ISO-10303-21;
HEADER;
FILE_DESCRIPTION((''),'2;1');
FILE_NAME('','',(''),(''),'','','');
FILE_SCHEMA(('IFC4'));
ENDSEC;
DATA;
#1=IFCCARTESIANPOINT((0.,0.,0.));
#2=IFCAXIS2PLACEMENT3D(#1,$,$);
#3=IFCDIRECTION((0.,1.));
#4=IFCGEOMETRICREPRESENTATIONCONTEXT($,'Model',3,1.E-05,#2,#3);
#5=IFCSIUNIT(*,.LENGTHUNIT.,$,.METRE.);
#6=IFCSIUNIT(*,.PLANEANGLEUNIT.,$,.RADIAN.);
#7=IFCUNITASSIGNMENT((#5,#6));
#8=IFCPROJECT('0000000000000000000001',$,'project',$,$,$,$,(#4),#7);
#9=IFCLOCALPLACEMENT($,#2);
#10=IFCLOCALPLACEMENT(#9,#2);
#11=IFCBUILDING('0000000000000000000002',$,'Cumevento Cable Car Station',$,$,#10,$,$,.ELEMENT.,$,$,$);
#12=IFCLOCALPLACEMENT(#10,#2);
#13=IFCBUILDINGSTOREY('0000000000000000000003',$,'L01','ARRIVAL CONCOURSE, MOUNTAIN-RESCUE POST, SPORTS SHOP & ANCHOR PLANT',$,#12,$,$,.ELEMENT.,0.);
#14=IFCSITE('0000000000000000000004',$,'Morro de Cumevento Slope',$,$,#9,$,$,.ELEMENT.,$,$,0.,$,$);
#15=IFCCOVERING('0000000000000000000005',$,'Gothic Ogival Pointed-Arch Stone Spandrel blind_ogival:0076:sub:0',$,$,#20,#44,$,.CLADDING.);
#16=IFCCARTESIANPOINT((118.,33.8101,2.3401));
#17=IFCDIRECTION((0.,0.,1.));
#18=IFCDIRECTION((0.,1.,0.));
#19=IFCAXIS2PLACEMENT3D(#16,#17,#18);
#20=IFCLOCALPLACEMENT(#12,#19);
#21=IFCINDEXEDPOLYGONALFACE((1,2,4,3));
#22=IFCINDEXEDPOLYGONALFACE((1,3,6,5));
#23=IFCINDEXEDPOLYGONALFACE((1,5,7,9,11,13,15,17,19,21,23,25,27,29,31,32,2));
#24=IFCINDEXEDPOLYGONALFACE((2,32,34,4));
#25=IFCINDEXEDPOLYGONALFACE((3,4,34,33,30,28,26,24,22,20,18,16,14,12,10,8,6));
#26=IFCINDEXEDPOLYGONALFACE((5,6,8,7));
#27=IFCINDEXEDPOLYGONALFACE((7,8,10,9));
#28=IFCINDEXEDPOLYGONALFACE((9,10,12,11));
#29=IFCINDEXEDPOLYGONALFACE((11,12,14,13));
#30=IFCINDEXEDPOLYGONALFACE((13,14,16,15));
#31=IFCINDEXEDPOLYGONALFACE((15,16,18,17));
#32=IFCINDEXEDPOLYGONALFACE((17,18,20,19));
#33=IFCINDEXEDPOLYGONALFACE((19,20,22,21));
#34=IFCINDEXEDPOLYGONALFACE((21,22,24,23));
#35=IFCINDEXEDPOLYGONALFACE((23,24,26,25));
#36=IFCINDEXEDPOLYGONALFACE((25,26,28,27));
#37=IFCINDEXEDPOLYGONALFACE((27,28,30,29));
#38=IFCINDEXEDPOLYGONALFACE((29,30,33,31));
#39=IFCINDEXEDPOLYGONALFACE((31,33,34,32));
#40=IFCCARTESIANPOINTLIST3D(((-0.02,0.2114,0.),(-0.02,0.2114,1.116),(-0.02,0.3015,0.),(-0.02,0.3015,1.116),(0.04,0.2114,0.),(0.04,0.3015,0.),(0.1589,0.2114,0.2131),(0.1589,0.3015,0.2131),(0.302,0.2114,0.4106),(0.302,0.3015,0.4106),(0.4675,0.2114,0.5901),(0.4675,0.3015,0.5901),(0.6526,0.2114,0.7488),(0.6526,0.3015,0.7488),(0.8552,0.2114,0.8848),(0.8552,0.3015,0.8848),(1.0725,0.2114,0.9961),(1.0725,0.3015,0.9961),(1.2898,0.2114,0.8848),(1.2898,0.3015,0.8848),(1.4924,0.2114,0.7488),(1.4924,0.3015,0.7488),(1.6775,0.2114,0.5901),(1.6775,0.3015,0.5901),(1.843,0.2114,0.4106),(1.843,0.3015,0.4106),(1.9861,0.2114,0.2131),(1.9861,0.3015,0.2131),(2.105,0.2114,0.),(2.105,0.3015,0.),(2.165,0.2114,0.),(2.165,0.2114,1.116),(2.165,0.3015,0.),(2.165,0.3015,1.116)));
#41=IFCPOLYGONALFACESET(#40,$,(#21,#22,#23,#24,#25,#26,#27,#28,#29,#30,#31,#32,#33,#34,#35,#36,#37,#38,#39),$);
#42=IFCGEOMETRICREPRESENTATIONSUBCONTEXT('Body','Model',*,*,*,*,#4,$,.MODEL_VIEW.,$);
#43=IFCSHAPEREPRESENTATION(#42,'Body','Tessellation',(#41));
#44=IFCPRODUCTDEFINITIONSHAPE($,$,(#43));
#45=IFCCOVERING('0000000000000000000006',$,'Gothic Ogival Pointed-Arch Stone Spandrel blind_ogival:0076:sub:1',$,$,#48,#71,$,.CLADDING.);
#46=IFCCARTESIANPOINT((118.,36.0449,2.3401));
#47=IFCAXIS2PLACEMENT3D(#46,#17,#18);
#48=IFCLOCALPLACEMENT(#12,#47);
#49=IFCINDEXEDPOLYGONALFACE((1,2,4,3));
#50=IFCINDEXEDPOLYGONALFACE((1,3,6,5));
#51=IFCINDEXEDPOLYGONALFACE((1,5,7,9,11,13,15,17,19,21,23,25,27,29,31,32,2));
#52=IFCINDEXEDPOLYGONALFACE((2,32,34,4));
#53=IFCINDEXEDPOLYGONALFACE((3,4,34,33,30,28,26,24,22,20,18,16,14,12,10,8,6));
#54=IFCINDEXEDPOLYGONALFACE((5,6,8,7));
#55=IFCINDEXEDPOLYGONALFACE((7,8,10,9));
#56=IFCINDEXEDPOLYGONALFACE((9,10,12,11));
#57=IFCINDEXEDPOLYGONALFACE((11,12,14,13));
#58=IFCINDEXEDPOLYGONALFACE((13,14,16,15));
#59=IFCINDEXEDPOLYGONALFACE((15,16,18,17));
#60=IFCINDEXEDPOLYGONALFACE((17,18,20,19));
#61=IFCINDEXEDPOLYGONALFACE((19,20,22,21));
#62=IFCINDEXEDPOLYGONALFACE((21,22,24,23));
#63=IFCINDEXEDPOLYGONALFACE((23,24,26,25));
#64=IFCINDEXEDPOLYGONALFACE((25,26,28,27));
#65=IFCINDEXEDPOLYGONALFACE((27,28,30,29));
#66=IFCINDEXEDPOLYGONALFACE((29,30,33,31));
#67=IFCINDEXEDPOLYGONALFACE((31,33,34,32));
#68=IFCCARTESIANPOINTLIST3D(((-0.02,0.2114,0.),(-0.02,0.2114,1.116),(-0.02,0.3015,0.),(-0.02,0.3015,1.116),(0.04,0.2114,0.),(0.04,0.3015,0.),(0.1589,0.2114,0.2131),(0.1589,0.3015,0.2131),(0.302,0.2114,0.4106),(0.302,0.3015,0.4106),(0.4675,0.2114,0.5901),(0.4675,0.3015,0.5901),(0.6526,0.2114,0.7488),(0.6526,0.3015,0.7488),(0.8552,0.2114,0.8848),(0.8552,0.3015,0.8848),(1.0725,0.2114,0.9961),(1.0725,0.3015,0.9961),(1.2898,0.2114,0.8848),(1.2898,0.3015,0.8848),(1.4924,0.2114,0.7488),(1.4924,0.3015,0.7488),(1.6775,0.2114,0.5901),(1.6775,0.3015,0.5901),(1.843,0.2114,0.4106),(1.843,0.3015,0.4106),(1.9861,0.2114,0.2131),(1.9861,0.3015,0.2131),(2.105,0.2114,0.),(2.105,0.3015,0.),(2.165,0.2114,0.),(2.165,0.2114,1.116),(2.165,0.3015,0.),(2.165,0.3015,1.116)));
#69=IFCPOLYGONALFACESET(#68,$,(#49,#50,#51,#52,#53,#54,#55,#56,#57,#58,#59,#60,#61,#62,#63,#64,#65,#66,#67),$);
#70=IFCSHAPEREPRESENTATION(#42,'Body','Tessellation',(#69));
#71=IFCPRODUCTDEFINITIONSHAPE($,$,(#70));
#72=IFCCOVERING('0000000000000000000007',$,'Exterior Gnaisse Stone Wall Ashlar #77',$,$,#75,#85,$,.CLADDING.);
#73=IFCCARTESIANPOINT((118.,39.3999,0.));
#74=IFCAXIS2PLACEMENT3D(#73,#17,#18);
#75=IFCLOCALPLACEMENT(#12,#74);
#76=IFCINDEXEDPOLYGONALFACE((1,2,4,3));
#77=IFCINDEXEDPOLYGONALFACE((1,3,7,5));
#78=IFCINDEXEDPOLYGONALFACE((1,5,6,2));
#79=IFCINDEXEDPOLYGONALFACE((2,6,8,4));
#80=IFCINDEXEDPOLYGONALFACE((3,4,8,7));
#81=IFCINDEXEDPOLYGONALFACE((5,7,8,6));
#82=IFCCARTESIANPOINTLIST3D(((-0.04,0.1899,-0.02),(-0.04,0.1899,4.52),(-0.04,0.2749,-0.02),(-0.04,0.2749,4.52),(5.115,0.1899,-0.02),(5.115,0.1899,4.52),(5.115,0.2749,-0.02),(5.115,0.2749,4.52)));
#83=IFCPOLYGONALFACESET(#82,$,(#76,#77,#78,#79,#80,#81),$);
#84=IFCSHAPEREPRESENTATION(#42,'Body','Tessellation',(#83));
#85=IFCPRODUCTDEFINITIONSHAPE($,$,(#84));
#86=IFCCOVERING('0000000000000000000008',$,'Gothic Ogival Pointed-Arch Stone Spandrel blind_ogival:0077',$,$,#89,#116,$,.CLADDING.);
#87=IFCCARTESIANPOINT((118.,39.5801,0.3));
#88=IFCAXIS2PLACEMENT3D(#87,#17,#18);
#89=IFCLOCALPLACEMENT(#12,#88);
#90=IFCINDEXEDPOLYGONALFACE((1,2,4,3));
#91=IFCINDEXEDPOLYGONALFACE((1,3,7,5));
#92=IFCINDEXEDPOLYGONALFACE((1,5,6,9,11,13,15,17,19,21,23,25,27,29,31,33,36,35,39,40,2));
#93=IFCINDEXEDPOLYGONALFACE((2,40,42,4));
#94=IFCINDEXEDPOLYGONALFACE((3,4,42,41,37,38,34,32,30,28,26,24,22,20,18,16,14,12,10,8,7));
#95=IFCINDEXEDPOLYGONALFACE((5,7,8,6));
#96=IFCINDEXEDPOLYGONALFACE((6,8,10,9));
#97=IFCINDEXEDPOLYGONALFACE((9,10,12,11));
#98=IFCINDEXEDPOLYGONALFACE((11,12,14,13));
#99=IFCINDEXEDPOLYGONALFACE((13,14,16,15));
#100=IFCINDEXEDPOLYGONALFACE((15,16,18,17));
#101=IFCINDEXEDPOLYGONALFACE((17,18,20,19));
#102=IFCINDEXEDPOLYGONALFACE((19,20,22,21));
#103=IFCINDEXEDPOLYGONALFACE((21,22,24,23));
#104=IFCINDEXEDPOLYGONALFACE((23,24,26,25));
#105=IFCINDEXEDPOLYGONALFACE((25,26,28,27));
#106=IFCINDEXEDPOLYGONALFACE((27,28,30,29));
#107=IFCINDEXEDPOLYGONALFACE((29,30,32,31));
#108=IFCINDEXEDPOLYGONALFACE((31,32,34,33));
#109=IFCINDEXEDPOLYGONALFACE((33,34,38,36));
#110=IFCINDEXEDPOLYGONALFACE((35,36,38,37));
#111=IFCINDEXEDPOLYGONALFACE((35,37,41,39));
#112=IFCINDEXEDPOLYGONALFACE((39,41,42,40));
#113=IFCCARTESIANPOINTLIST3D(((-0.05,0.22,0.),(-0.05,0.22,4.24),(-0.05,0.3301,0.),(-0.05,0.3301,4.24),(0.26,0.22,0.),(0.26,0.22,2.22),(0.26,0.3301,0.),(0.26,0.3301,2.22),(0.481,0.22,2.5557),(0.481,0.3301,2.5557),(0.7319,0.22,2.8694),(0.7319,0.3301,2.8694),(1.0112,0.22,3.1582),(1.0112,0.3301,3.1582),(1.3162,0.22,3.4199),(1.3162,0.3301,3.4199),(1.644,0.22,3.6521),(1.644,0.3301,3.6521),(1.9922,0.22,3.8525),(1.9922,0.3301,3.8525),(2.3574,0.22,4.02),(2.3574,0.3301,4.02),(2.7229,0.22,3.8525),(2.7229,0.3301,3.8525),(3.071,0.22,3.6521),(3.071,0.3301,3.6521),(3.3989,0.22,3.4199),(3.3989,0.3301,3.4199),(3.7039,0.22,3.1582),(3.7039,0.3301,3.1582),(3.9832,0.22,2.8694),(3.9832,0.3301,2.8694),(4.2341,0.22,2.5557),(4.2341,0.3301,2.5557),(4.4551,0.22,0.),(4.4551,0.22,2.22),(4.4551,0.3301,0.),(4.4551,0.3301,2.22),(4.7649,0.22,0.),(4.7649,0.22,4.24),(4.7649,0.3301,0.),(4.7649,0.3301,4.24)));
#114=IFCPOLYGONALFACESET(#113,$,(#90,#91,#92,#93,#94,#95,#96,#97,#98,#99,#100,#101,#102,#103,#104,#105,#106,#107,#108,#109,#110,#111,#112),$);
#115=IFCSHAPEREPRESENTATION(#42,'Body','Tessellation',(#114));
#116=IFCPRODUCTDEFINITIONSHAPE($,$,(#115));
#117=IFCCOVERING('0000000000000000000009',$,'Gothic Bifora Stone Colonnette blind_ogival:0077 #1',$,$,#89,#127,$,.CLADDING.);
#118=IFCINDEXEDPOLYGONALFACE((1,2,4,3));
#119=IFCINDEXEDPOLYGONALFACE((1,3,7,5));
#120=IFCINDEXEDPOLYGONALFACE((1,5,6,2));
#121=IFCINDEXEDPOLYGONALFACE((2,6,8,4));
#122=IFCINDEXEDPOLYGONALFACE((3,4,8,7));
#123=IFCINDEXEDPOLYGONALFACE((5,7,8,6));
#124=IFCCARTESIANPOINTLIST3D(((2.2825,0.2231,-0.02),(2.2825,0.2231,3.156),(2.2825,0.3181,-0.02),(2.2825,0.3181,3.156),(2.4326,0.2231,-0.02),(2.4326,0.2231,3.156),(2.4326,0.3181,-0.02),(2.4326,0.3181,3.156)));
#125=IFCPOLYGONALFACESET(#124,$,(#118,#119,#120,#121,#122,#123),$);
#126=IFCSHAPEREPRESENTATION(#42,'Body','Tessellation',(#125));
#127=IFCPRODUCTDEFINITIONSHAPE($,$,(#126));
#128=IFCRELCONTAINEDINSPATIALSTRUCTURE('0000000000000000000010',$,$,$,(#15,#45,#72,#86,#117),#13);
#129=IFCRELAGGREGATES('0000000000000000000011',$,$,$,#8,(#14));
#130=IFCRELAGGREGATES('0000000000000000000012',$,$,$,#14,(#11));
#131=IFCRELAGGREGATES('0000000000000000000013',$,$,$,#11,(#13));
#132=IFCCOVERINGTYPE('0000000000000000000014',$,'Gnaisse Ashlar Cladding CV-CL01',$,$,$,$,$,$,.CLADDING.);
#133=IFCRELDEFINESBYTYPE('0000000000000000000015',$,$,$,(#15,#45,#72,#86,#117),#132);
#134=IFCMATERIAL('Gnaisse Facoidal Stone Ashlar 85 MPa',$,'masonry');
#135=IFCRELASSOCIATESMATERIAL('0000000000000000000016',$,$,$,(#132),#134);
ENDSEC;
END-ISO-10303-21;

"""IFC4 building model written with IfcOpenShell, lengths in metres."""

from ifc_helpers import new_model, si_unit, direction, frame, origin, place, context, subcontext, project, spatial, polyline, outline, extrude, material, type_object, element, save


model = new_model("IFC4")

# Units and contexts
model_context = context("Model", 3, precision=1e-05, world=origin(), true_north=direction((0.0, 1.0)))
body_context = subcontext(model_context, "Body", "Model", "MODEL_VIEW")
ifc_project = project(units=[si_unit("LENGTHUNIT", "METRE"), si_unit("PLANEANGLEUNIT", "RADIAN")], contexts=[model_context])

# Site, building, storey
site_placement = place(None, origin())
site = spatial("IfcSite", under=ifc_project, at=site_placement, Name="Morro de Cumevento Slope", CompositionType="ELEMENT", RefElevation=0.0)
building_placement = place(site_placement, origin())
building = spatial("IfcBuilding", under=site, at=building_placement, Name="Cumevento Cable Car Station", CompositionType="ELEMENT")
storey_placement = place(building_placement, origin())
storey = spatial("IfcBuildingStorey", under=building, at=storey_placement, Name="L01", Description="ARRIVAL CONCOURSE, MOUNTAIN-RESCUE POST, SPORTS SHOP & ANCHOR PLANT", CompositionType="ELEMENT", Elevation=0.0)

# Coverings
ifc_material_1 = material(Name="Gnaisse Facoidal Stone Ashlar 85 MPa", Category="masonry")
covering_type = type_object("IfcCoveringType", Name="Gnaisse Ashlar Cladding CV-CL01", PredefinedType="CLADDING", material=ifc_material_1)
for number, where, z_axis, x_axis, name in (
    (1, (118.0, 33.8101, 2.3401), (0.0, 0.0, 1.0), (0.0, 1.0, 0.0), "Gothic Ogival Pointed-Arch Stone Spandrel blind_ogival:0076:sub:0"),
    (2, (118.0, 36.0449, 2.3401), (0.0, 0.0, 1.0), (0.0, 1.0, 0.0), "Gothic Ogival Pointed-Arch Stone Spandrel blind_ogival:0076:sub:1"),
):
    element("IfcCovering", number, at=place(storey_placement, frame(where, z_axis=z_axis, x_axis=x_axis)), inside=storey, type_object=covering_type, Name=name, PredefinedType="CLADDING", context=body_context, shape_type="SweptSolid", body=[
        extrude(outline(polyline([(-0.02, 0.0), (-0.02, 1.116), (2.165, 1.116), (2.165, 0.0), (2.105, 0.0), (1.9861, 0.2131), (1.843, 0.4106), (1.6775, 0.5901), (1.4924, 0.7488), (1.2898, 0.8848), (1.0725, 0.9961), (0.8552, 0.8848), (0.6526, 0.7488), (0.4675, 0.5901), (0.302, 0.4106), (0.1589, 0.2131), (0.04, 0.0), (-0.02, 0.0)])), frame((0.0, 0.3015, 0.0), z_axis=(0.0, -1.0, 0.0), x_axis=(1.0, 0.0, 0.0)), (0.0, 0.0, 1.0), 0.0901),
    ])
covering_1_placement = place(storey_placement, frame((118.0, 39.3999, 0.0), z_axis=(0.0, 0.0, 1.0), x_axis=(0.0, 1.0, 0.0)))
element("IfcCovering", 3, at=covering_1_placement, inside=storey, type_object=covering_type, Name="Exterior Gnaisse Stone Wall Ashlar #77", PredefinedType="CLADDING", context=body_context, shape_type="SweptSolid", body=[
    extrude(outline(polyline([(-0.04, -0.02), (5.115, -0.02), (5.115, 4.52), (-0.04, 4.52), (-0.04, -0.02)])), frame((0.0, 0.2749, 0.0), z_axis=(0.0, -1.0, 0.0), x_axis=(1.0, 0.0, 0.0)), (0.0, 0.0, 1.0), 0.085),
])
placement = place(storey_placement, frame((118.0, 39.5801, 0.3), z_axis=(0.0, 0.0, 1.0), x_axis=(0.0, 1.0, 0.0)))
element("IfcCovering", 4, at=placement, inside=storey, type_object=covering_type, Name="Gothic Ogival Pointed-Arch Stone Spandrel blind_ogival:0077", PredefinedType="CLADDING", context=body_context, shape_type="SweptSolid", body=[
    extrude(outline(polyline([(-0.05, 0.0), (-0.05, 4.24), (4.7649, 4.24), (4.7649, 0.0), (4.4551, 0.0), (4.4551, 2.22), (4.2341, 2.5557), (3.9832, 2.8694), (3.7039, 3.1582), (3.3989, 3.4199), (3.071, 3.6521), (2.7229, 3.8525), (2.3574, 4.02), (1.9922, 3.8525), (1.644, 3.6521), (1.3162, 3.4199), (1.0112, 3.1582), (0.7319, 2.8694), (0.481, 2.5557), (0.26, 2.22), (0.26, 0.0), (-0.05, 0.0)])), frame((0.0, 0.3301, 0.0), z_axis=(0.0, -1.0, 0.0), x_axis=(1.0, 0.0, 0.0)), (0.0, 0.0, 1.0), 0.1101),
])
element("IfcCovering", 5, at=placement, inside=storey, type_object=covering_type, Name="Gothic Bifora Stone Colonnette blind_ogival:0077 #1", PredefinedType="CLADDING", context=body_context, shape_type="SweptSolid", body=[
    extrude(outline(polyline([(2.2825, -0.02), (2.4326, -0.02), (2.4326, 3.156), (2.2825, 3.156), (2.2825, -0.02)])), frame((0.0, 0.3181, 0.0), z_axis=(0.0, -1.0, 0.0), x_axis=(1.0, 0.0, 0.0)), (0.0, 0.0, 1.0), 0.095),
])

save(model, "model.ifc")
